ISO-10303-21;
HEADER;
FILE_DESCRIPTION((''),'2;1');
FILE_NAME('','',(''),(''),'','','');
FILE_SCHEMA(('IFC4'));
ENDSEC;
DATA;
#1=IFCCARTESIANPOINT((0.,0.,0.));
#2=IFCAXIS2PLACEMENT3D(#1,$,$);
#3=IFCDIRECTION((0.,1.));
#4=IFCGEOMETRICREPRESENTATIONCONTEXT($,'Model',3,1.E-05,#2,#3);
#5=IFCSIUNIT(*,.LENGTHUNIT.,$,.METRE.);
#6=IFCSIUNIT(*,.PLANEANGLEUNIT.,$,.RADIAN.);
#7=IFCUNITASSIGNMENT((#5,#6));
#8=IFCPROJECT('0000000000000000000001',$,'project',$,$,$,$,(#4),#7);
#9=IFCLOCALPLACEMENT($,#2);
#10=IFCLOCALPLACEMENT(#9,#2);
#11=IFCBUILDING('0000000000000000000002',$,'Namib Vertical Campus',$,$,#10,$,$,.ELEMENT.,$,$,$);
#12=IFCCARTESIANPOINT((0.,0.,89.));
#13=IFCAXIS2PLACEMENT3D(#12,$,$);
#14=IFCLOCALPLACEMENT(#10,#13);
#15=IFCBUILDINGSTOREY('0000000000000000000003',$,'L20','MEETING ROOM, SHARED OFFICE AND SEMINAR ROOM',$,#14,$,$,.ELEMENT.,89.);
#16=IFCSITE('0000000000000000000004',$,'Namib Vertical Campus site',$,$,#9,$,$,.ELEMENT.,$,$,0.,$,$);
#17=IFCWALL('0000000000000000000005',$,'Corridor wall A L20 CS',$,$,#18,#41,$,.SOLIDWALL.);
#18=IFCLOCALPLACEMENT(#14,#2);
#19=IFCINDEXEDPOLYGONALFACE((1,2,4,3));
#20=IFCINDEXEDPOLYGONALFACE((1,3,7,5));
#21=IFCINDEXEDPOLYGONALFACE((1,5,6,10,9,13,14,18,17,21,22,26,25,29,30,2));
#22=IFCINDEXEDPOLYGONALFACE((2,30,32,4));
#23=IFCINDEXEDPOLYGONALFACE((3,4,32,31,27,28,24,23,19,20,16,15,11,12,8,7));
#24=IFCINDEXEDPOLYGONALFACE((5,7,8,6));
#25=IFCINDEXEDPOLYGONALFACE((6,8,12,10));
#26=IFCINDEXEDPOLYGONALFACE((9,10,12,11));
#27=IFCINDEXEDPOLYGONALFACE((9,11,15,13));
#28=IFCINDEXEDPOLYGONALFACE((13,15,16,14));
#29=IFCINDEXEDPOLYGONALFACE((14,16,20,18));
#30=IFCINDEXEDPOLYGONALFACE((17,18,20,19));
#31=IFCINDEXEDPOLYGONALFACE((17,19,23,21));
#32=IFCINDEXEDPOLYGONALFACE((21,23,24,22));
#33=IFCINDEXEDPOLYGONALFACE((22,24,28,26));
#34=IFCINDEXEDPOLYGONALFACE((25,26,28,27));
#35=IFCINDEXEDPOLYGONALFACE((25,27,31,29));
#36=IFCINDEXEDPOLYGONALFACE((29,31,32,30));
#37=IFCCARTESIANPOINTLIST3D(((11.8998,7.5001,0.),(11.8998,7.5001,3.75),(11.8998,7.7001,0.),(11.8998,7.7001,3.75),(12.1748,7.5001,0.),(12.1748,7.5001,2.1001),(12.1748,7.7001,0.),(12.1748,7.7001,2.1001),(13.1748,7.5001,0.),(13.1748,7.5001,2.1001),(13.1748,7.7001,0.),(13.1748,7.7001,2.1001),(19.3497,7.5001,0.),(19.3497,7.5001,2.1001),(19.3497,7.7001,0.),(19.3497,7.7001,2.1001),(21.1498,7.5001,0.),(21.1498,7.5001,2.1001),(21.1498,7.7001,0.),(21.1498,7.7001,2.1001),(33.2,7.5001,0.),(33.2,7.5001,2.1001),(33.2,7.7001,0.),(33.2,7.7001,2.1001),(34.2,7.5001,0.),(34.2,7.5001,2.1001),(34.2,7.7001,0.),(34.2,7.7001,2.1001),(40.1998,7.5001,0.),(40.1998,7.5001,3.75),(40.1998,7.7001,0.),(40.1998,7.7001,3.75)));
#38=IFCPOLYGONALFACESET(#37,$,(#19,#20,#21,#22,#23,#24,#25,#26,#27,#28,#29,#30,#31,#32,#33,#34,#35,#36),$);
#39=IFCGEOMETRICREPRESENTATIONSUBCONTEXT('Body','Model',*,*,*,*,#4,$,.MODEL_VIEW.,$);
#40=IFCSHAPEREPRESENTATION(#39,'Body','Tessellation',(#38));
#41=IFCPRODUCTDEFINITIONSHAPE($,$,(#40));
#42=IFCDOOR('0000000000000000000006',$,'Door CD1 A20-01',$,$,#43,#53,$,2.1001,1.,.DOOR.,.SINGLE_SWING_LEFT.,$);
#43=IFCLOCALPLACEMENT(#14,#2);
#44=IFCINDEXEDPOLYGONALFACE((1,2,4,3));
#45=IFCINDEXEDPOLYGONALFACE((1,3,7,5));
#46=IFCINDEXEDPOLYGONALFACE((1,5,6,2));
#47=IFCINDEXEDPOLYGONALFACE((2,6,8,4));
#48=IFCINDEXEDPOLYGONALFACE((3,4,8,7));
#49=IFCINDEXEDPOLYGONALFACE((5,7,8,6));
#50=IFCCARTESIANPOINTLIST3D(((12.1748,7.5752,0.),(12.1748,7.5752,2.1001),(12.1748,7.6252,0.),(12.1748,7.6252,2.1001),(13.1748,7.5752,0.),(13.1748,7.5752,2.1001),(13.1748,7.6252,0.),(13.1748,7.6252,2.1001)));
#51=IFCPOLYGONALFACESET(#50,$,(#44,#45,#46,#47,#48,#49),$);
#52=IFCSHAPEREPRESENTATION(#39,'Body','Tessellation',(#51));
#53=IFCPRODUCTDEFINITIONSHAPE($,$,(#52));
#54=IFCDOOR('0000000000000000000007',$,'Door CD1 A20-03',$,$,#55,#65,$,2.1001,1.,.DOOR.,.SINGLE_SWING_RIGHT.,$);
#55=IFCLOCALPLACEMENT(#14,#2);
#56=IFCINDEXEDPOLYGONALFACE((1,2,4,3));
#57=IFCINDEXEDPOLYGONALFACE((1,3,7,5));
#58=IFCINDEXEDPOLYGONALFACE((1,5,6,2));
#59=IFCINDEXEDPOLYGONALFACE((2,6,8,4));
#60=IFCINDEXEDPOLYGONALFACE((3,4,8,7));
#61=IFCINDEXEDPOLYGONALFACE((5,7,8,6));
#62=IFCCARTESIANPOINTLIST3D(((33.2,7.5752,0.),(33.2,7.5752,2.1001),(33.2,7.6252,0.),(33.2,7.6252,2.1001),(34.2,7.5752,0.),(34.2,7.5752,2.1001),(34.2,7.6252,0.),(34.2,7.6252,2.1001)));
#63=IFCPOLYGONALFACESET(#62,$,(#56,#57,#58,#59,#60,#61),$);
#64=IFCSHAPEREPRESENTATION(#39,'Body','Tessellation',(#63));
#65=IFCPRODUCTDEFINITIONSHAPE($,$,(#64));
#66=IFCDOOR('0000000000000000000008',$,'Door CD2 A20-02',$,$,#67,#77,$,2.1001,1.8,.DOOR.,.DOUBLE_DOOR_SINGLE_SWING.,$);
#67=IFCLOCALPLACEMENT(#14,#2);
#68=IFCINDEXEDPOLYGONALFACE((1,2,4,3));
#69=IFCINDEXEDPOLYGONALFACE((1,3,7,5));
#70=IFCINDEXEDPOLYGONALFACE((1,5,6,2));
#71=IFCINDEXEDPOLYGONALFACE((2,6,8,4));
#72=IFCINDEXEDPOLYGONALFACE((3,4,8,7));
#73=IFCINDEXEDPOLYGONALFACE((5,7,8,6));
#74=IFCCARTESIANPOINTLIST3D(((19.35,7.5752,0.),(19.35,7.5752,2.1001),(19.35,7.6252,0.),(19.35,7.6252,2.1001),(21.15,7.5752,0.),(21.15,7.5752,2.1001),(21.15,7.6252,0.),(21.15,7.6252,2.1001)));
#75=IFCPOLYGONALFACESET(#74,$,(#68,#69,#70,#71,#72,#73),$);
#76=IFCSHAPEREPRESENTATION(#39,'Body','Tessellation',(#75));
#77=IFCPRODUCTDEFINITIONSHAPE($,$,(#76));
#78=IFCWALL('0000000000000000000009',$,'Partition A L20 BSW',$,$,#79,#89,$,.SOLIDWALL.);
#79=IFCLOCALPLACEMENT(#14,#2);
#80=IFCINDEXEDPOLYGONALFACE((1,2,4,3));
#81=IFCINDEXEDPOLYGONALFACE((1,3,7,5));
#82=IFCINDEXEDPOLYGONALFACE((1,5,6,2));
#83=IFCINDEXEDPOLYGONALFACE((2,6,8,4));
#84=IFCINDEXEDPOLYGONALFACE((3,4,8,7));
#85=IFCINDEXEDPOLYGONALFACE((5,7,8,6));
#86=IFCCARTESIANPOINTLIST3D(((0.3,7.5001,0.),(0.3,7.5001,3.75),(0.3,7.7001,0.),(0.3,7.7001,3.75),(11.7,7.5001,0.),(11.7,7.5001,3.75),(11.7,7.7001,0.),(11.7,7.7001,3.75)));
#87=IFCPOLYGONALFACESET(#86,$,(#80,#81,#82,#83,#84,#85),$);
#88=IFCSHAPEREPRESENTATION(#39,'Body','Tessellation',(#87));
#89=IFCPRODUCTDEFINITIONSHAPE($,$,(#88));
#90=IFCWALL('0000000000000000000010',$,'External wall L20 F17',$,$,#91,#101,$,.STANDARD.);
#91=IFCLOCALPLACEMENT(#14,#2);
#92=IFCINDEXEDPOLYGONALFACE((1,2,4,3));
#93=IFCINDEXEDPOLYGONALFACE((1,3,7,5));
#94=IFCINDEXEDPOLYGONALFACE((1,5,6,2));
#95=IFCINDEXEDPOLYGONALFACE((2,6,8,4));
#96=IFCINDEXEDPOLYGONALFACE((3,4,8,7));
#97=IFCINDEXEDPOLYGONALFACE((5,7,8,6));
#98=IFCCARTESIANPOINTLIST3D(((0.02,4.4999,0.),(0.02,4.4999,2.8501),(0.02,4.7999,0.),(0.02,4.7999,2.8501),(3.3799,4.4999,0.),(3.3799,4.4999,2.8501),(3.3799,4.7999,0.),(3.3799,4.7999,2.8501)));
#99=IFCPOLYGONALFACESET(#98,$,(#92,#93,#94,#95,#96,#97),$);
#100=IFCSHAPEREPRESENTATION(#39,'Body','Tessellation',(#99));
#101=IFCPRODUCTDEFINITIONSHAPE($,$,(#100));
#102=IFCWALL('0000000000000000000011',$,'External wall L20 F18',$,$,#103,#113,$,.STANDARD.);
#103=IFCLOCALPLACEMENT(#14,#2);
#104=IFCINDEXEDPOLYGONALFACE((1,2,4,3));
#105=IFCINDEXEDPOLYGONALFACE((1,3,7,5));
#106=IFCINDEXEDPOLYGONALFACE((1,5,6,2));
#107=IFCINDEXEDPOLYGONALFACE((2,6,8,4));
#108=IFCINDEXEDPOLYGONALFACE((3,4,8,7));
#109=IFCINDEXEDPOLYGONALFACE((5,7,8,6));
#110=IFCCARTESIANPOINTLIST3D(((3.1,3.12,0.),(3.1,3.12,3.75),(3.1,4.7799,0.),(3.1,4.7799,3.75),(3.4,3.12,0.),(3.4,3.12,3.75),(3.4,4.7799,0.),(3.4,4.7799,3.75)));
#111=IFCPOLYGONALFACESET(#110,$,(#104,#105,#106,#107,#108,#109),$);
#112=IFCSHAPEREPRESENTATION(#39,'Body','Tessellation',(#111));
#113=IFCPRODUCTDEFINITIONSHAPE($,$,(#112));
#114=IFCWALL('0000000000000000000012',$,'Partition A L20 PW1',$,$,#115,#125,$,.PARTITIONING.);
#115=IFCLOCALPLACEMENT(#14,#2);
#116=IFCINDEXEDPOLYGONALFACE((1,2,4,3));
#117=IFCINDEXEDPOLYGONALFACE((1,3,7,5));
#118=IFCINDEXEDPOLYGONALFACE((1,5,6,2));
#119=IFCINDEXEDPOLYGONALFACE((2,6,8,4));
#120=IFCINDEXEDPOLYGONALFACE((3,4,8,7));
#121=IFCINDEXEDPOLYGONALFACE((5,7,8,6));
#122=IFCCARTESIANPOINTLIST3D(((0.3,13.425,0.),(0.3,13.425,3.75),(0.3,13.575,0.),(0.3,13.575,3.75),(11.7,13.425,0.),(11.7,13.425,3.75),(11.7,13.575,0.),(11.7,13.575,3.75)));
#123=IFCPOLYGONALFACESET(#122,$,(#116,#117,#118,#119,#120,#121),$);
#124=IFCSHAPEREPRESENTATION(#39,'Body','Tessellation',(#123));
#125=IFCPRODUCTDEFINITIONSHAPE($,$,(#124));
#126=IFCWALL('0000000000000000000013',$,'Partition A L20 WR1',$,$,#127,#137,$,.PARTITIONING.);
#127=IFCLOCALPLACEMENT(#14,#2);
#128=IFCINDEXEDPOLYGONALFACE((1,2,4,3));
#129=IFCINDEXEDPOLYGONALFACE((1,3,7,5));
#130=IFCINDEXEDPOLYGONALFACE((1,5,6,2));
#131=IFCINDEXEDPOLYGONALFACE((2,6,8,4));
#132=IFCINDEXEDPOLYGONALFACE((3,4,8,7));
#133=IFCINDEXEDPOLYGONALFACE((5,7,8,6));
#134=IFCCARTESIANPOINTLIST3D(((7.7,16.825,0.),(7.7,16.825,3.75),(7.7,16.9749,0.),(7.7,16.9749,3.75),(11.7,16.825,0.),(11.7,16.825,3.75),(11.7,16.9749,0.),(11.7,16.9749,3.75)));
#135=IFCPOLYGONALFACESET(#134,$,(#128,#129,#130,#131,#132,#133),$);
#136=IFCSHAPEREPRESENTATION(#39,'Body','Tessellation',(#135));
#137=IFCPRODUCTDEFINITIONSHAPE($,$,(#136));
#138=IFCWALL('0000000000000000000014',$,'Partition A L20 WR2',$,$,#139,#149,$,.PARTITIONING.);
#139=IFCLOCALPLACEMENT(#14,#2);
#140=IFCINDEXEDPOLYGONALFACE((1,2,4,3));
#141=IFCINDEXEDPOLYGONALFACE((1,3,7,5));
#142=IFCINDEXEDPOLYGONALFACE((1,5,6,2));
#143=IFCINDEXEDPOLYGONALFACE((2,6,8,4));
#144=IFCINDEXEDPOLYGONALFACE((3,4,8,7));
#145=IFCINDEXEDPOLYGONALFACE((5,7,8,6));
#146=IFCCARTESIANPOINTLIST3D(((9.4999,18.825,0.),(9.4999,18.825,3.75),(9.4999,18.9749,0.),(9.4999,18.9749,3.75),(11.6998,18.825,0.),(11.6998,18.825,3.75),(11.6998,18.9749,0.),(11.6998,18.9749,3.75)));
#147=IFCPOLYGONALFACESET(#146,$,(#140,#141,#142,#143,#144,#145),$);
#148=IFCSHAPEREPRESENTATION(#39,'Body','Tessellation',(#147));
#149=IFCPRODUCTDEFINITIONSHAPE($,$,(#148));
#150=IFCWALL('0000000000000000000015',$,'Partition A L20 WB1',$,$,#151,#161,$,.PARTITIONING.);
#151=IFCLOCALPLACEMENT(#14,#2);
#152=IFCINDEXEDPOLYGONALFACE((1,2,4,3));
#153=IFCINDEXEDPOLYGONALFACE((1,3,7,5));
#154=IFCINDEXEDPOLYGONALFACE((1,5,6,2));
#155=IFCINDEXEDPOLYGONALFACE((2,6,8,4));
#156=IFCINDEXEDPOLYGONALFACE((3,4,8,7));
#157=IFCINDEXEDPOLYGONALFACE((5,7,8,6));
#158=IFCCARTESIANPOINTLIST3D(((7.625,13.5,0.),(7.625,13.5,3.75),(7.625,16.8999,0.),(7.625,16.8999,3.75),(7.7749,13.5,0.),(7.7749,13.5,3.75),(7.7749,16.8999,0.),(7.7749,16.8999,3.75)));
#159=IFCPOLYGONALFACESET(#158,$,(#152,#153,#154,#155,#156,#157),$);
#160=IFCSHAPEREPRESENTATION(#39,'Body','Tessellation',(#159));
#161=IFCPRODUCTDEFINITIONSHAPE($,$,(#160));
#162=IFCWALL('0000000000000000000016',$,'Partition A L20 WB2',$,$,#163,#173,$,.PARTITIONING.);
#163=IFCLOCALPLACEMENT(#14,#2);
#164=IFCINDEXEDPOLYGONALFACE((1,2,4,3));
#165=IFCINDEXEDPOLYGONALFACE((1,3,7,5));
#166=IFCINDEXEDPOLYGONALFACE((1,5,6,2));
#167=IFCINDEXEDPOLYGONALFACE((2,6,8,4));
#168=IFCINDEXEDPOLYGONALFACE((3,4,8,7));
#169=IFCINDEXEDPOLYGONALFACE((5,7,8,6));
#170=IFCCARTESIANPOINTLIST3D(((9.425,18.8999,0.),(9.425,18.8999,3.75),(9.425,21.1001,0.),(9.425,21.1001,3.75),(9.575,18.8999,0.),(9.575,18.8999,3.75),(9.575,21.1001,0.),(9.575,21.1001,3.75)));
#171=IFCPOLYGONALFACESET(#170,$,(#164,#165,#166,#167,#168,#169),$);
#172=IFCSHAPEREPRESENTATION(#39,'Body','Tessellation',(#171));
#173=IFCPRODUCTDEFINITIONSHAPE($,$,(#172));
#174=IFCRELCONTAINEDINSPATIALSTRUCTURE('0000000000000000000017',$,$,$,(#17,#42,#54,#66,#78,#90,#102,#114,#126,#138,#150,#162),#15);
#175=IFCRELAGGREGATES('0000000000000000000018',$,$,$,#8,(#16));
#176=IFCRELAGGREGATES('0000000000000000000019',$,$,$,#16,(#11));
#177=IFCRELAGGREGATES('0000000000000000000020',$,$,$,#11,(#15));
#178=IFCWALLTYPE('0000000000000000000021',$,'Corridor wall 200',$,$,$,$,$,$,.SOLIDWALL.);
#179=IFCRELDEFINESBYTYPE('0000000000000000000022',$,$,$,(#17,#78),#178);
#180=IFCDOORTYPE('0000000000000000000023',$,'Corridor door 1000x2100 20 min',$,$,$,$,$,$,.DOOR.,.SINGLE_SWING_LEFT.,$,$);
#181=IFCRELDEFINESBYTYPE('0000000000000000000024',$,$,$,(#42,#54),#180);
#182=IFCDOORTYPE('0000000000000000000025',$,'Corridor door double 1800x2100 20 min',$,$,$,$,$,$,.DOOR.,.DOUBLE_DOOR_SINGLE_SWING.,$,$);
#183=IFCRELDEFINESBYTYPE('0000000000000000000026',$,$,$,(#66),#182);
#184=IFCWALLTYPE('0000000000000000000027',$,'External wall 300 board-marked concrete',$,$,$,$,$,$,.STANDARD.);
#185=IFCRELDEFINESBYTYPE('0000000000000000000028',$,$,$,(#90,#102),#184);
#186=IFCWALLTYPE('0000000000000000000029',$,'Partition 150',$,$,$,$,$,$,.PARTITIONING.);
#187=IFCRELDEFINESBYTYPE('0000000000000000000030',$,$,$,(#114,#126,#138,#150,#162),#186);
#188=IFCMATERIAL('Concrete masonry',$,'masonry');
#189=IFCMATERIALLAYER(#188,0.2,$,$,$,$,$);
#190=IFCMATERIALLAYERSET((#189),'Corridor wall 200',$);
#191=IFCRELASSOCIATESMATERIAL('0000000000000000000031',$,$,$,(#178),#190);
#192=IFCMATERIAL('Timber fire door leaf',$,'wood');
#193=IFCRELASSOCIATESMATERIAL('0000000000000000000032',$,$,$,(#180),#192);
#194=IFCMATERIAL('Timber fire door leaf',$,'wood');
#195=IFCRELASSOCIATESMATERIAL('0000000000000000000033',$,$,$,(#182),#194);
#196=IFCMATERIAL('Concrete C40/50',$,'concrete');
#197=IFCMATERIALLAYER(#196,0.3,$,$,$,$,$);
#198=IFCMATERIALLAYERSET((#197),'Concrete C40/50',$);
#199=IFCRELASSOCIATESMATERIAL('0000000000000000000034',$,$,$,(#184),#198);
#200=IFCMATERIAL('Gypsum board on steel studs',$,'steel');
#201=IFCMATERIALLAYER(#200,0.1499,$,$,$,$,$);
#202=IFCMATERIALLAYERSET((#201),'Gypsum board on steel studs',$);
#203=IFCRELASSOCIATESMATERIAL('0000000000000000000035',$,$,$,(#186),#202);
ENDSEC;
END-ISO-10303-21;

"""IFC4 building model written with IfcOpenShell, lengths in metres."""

from ifc_helpers import new_model, si_unit, direction, frame, frame_2d, origin, place, context, subcontext, project, spatial, rectangle, extrude, material, layer, layer_set, type_object, element, fill, save


model = new_model("IFC4")

# Units and contexts
model_context = context("Model", 3, precision=1e-05, world=origin(), true_north=direction((0.0, 1.0)))
body_context = subcontext(model_context, "Body", "Model", "MODEL_VIEW")
ifc_project = project(units=[si_unit("LENGTHUNIT", "METRE"), si_unit("PLANEANGLEUNIT", "RADIAN")], contexts=[model_context])

# Site, building, storey
site_placement = place(None, origin())
site = spatial("IfcSite", under=ifc_project, at=site_placement, Name="Namib Vertical Campus site", CompositionType="ELEMENT", RefElevation=0.0)
building_placement = place(site_placement, origin())
building = spatial("IfcBuilding", under=site, at=building_placement, Name="Namib Vertical Campus", CompositionType="ELEMENT")
storey_placement = place(building_placement, frame((0.0, 0.0, 89.0)))
storey = spatial("IfcBuildingStorey", under=building, at=storey_placement, Name="L20", Description="MEETING ROOM, SHARED OFFICE AND SEMINAR ROOM", CompositionType="ELEMENT", Elevation=89.0)

# Wall, openings, doors
ifc_material_1 = material(Name="Concrete masonry", Category="masonry")
ifc_layer_1 = layer(ifc_material_1, 0.2)
ifc_layer_set_1 = layer_set([ifc_layer_1], Name="Corridor wall 200")
wall_type_1 = type_object("IfcWallType", Name="Corridor wall 200", PredefinedType="SOLIDWALL", material=ifc_layer_set_1)
wall_1_placement = place(storey_placement, frame((11.8999, 7.6001, 0.0), z_axis=(0.0, 0.0, 1.0), x_axis=(1.0, 0.0, 0.0)))
wall_1 = element("IfcWall", 1, at=wall_1_placement, inside=storey, type_object=wall_type_1, Name="Corridor wall A L20 CS", PredefinedType="SOLIDWALL", context=body_context, shape_type="SweptSolid", body=[
    extrude(rectangle(XDim=28.3, YDim=0.2, at=frame_2d((14.1499, 0.0))), origin(), (0.0, 0.0, 1.0), 3.75),
])
opening_1_placement = place(wall_1_placement, frame((0.2749, 0.0, 0.0)))
opening_1 = element("IfcOpeningElement", 2, at=opening_1_placement, cuts=wall_1, PredefinedType="OPENING", context=body_context, shape_type="SweptSolid", body=[
    extrude(rectangle(XDim=1.0, YDim=2.1001, at=frame_2d((0.5, 1.05))), frame((0.0, 0.1099, 0.0), z_axis=(0.0, -1.0, 0.0), x_axis=(1.0, 0.0, 0.0)), (0.0, 0.0, 1.0), 0.22),
])
opening_2_placement = place(wall_1_placement, frame((7.45, 0.0, 0.0)))
opening_2 = element("IfcOpeningElement", 3, at=opening_2_placement, cuts=wall_1, PredefinedType="OPENING", context=body_context, shape_type="SweptSolid", body=[
    extrude(rectangle(XDim=1.8, YDim=2.1001, at=frame_2d((0.8999, 1.05))), frame((0.0, 0.1099, 0.0), z_axis=(0.0, -1.0, 0.0), x_axis=(1.0, 0.0, 0.0)), (0.0, 0.0, 1.0), 0.22),
])
opening_3_placement = place(wall_1_placement, frame((21.3, 0.0, 0.0)))
opening_3 = element("IfcOpeningElement", 4, at=opening_3_placement, cuts=wall_1, PredefinedType="OPENING", context=body_context, shape_type="SweptSolid", body=[
    extrude(rectangle(XDim=1.0, YDim=2.1001, at=frame_2d((0.5, 1.05))), frame((0.0, 0.1099, 0.0), z_axis=(0.0, -1.0, 0.0), x_axis=(1.0, 0.0, 0.0)), (0.0, 0.0, 1.0), 0.22),
])
ifc_material_2 = material(Name="Timber fire door leaf", Category="wood")
door_type_1 = type_object("IfcDoorType", Name="Corridor door 1000x2100 20 min", OperationType="SINGLE_SWING_LEFT", PredefinedType="DOOR", material=ifc_material_2)
door_1_placement = place(opening_1_placement, frame((1.0, 0.0, 0.0), z_axis=(0.0, 0.0, 1.0), x_axis=(-1.0, 0.0, 0.0)))
door_1 = element("IfcDoor", 5, at=door_1_placement, inside=storey, type_object=door_type_1, Name="Door CD1 A20-01", OperationType="SINGLE_SWING_LEFT", OverallHeight=2.1001, OverallWidth=1.0, PredefinedType="DOOR", context=body_context, shape_type="SweptSolid", body=[
    extrude(rectangle(XDim=1.0, YDim=2.1001, at=frame_2d((0.5, 1.05))), frame((0.0, 0.0249, 0.0), z_axis=(0.0, -1.0, 0.0), x_axis=(1.0, 0.0, 0.0)), (0.0, 0.0, 1.0), 0.05),
])
fill(opening_1, door_1)
door_2_placement = place(opening_3_placement, frame((1.0, 0.0, 0.0), z_axis=(0.0, 0.0, 1.0), x_axis=(-1.0, 0.0, 0.0)))
door_2 = element("IfcDoor", 6, at=door_2_placement, inside=storey, type_object=door_type_1, Name="Door CD1 A20-03", OperationType="SINGLE_SWING_RIGHT", OverallHeight=2.1001, OverallWidth=1.0, PredefinedType="DOOR", context=body_context, shape_type="SweptSolid", body=[
    extrude(rectangle(XDim=1.0, YDim=2.1001, at=frame_2d((0.5, 1.05))), frame((0.0, 0.0249, 0.0), z_axis=(0.0, -1.0, 0.0), x_axis=(1.0, 0.0, 0.0)), (0.0, 0.0, 1.0), 0.05),
])
fill(opening_3, door_2)
ifc_material_3 = material(Name="Timber fire door leaf", Category="wood")
door_type_2 = type_object("IfcDoorType", Name="Corridor door double 1800x2100 20 min", OperationType="DOUBLE_DOOR_SINGLE_SWING", PredefinedType="DOOR", material=ifc_material_3)
door_3_placement = place(opening_2_placement, frame((1.8, 0.0, 0.0), z_axis=(0.0, 0.0, 1.0), x_axis=(-1.0, 0.0, 0.0)))
door_3 = element("IfcDoor", 7, at=door_3_placement, inside=storey, type_object=door_type_2, Name="Door CD2 A20-02", OperationType="DOUBLE_DOOR_SINGLE_SWING", OverallHeight=2.1001, OverallWidth=1.8, PredefinedType="DOOR", context=body_context, shape_type="SweptSolid", body=[
    extrude(rectangle(XDim=1.8, YDim=2.1001, at=frame_2d((0.8999, 1.05))), frame((0.0, 0.0249, 0.0), z_axis=(0.0, -1.0, 0.0), x_axis=(1.0, 0.0, 0.0)), (0.0, 0.0, 1.0), 0.05),
])
fill(opening_2, door_3)

# Walls
wall_2_placement = place(storey_placement, frame((0.3, 7.6001, 0.0), z_axis=(0.0, 0.0, 1.0), x_axis=(1.0, 0.0, 0.0)))
element("IfcWall", 8, at=wall_2_placement, inside=storey, type_object=wall_type_1, Name="Partition A L20 BSW", PredefinedType="SOLIDWALL", context=body_context, shape_type="SweptSolid", body=[
    extrude(rectangle(XDim=11.3999, YDim=0.2, at=frame_2d((5.7, 0.0))), origin(), (0.0, 0.0, 1.0), 3.75),
])
ifc_material_4 = material(Name="Concrete C40/50", Category="concrete")
ifc_layer_2 = layer(ifc_material_4, 0.3)
ifc_layer_set_2 = layer_set([ifc_layer_2], Name="Concrete C40/50")
wall_type_2 = type_object("IfcWallType", Name="External wall 300 board-marked concrete", PredefinedType="STANDARD", material=ifc_layer_set_2)
wall_3_placement = place(storey_placement, frame((0.02, 4.6499, 0.0), z_axis=(0.0, 0.0, 1.0), x_axis=(1.0, 0.0, 0.0)))
element("IfcWall", 9, at=wall_3_placement, inside=storey, type_object=wall_type_2, Name="External wall L20 F17", PredefinedType="STANDARD", context=body_context, shape_type="SweptSolid", body=[
    extrude(rectangle(XDim=3.3599, YDim=0.3, at=frame_2d((1.6799, 0.0))), origin(), (0.0, 0.0, 1.0), 2.8501),
])
wall_4_placement = place(storey_placement, frame((3.25, 4.78, 0.0), z_axis=(0.0, 0.0, 1.0), x_axis=(0.0, -1.0, 0.0)))
element("IfcWall", 10, at=wall_4_placement, inside=storey, type_object=wall_type_2, Name="External wall L20 F18", PredefinedType="STANDARD", context=body_context, shape_type="SweptSolid", body=[
    extrude(rectangle(XDim=1.6599, YDim=0.3, at=frame_2d((0.8301, 0.0))), origin(), (0.0, 0.0, 1.0), 3.75),
])
ifc_material_5 = material(Name="Gypsum board on steel studs", Category="steel")
ifc_layer_3 = layer(ifc_material_5, 0.1499)
ifc_layer_set_3 = layer_set([ifc_layer_3], Name="Gypsum board on steel studs")
wall_type_3 = type_object("IfcWallType", Name="Partition 150", PredefinedType="PARTITIONING", material=ifc_layer_set_3)
wall_5_placement = place(storey_placement, frame((0.3, 13.5, 0.0), z_axis=(0.0, 0.0, 1.0), x_axis=(1.0, 0.0, 0.0)))
element("IfcWall", 11, at=wall_5_placement, inside=storey, type_object=wall_type_3, Name="Partition A L20 PW1", PredefinedType="PARTITIONING", context=body_context, shape_type="SweptSolid", body=[
    extrude(rectangle(XDim=11.3999, YDim=0.1499, at=frame_2d((5.7, 0.0))), origin(), (0.0, 0.0, 1.0), 3.75),
])
wall_6_placement = place(storey_placement, frame((11.7, 16.8999, 0.0), z_axis=(0.0, 0.0, 1.0), x_axis=(-1.0, 0.0, 0.0)))
element("IfcWall", 12, at=wall_6_placement, inside=storey, type_object=wall_type_3, Name="Partition A L20 WR1", PredefinedType="PARTITIONING", context=body_context, shape_type="SweptSolid", body=[
    extrude(rectangle(XDim=4.0, YDim=0.1499, at=frame_2d((2.0, 0.0))), origin(), (0.0, 0.0, 1.0), 3.75),
])
wall_7_placement = place(storey_placement, frame((11.7, 18.8999, 0.0), z_axis=(0.0, 0.0, 1.0), x_axis=(-1.0, 0.0, 0.0)))
element("IfcWall", 13, at=wall_7_placement, inside=storey, type_object=wall_type_3, Name="Partition A L20 WR2", PredefinedType="PARTITIONING", context=body_context, shape_type="SweptSolid", body=[
    extrude(rectangle(XDim=2.2, YDim=0.1499, at=frame_2d((1.1001, 0.0))), origin(), (0.0, 0.0, 1.0), 3.75),
])
wall_8_placement = place(storey_placement, frame((7.7, 13.5, 0.0), z_axis=(0.0, 0.0, 1.0), x_axis=(0.0, 1.0, 0.0)))
element("IfcWall", 14, at=wall_8_placement, inside=storey, type_object=wall_type_3, Name="Partition A L20 WB1", PredefinedType="PARTITIONING", context=body_context, shape_type="SweptSolid", body=[
    extrude(rectangle(XDim=3.3999, YDim=0.1499, at=frame_2d((1.7, 0.0))), origin(), (0.0, 0.0, 1.0), 3.75),
])
wall_9_placement = place(storey_placement, frame((9.5, 18.8999, 0.0), z_axis=(0.0, 0.0, 1.0), x_axis=(0.0, 1.0, 0.0)))
element("IfcWall", 15, at=wall_9_placement, inside=storey, type_object=wall_type_3, Name="Partition A L20 WB2", PredefinedType="PARTITIONING", context=body_context, shape_type="SweptSolid", body=[
    extrude(rectangle(XDim=2.2002, YDim=0.1499, at=frame_2d((1.1001, 0.0))), origin(), (0.0, 0.0, 1.0), 3.75),
])

save(model, "model.ifc")
